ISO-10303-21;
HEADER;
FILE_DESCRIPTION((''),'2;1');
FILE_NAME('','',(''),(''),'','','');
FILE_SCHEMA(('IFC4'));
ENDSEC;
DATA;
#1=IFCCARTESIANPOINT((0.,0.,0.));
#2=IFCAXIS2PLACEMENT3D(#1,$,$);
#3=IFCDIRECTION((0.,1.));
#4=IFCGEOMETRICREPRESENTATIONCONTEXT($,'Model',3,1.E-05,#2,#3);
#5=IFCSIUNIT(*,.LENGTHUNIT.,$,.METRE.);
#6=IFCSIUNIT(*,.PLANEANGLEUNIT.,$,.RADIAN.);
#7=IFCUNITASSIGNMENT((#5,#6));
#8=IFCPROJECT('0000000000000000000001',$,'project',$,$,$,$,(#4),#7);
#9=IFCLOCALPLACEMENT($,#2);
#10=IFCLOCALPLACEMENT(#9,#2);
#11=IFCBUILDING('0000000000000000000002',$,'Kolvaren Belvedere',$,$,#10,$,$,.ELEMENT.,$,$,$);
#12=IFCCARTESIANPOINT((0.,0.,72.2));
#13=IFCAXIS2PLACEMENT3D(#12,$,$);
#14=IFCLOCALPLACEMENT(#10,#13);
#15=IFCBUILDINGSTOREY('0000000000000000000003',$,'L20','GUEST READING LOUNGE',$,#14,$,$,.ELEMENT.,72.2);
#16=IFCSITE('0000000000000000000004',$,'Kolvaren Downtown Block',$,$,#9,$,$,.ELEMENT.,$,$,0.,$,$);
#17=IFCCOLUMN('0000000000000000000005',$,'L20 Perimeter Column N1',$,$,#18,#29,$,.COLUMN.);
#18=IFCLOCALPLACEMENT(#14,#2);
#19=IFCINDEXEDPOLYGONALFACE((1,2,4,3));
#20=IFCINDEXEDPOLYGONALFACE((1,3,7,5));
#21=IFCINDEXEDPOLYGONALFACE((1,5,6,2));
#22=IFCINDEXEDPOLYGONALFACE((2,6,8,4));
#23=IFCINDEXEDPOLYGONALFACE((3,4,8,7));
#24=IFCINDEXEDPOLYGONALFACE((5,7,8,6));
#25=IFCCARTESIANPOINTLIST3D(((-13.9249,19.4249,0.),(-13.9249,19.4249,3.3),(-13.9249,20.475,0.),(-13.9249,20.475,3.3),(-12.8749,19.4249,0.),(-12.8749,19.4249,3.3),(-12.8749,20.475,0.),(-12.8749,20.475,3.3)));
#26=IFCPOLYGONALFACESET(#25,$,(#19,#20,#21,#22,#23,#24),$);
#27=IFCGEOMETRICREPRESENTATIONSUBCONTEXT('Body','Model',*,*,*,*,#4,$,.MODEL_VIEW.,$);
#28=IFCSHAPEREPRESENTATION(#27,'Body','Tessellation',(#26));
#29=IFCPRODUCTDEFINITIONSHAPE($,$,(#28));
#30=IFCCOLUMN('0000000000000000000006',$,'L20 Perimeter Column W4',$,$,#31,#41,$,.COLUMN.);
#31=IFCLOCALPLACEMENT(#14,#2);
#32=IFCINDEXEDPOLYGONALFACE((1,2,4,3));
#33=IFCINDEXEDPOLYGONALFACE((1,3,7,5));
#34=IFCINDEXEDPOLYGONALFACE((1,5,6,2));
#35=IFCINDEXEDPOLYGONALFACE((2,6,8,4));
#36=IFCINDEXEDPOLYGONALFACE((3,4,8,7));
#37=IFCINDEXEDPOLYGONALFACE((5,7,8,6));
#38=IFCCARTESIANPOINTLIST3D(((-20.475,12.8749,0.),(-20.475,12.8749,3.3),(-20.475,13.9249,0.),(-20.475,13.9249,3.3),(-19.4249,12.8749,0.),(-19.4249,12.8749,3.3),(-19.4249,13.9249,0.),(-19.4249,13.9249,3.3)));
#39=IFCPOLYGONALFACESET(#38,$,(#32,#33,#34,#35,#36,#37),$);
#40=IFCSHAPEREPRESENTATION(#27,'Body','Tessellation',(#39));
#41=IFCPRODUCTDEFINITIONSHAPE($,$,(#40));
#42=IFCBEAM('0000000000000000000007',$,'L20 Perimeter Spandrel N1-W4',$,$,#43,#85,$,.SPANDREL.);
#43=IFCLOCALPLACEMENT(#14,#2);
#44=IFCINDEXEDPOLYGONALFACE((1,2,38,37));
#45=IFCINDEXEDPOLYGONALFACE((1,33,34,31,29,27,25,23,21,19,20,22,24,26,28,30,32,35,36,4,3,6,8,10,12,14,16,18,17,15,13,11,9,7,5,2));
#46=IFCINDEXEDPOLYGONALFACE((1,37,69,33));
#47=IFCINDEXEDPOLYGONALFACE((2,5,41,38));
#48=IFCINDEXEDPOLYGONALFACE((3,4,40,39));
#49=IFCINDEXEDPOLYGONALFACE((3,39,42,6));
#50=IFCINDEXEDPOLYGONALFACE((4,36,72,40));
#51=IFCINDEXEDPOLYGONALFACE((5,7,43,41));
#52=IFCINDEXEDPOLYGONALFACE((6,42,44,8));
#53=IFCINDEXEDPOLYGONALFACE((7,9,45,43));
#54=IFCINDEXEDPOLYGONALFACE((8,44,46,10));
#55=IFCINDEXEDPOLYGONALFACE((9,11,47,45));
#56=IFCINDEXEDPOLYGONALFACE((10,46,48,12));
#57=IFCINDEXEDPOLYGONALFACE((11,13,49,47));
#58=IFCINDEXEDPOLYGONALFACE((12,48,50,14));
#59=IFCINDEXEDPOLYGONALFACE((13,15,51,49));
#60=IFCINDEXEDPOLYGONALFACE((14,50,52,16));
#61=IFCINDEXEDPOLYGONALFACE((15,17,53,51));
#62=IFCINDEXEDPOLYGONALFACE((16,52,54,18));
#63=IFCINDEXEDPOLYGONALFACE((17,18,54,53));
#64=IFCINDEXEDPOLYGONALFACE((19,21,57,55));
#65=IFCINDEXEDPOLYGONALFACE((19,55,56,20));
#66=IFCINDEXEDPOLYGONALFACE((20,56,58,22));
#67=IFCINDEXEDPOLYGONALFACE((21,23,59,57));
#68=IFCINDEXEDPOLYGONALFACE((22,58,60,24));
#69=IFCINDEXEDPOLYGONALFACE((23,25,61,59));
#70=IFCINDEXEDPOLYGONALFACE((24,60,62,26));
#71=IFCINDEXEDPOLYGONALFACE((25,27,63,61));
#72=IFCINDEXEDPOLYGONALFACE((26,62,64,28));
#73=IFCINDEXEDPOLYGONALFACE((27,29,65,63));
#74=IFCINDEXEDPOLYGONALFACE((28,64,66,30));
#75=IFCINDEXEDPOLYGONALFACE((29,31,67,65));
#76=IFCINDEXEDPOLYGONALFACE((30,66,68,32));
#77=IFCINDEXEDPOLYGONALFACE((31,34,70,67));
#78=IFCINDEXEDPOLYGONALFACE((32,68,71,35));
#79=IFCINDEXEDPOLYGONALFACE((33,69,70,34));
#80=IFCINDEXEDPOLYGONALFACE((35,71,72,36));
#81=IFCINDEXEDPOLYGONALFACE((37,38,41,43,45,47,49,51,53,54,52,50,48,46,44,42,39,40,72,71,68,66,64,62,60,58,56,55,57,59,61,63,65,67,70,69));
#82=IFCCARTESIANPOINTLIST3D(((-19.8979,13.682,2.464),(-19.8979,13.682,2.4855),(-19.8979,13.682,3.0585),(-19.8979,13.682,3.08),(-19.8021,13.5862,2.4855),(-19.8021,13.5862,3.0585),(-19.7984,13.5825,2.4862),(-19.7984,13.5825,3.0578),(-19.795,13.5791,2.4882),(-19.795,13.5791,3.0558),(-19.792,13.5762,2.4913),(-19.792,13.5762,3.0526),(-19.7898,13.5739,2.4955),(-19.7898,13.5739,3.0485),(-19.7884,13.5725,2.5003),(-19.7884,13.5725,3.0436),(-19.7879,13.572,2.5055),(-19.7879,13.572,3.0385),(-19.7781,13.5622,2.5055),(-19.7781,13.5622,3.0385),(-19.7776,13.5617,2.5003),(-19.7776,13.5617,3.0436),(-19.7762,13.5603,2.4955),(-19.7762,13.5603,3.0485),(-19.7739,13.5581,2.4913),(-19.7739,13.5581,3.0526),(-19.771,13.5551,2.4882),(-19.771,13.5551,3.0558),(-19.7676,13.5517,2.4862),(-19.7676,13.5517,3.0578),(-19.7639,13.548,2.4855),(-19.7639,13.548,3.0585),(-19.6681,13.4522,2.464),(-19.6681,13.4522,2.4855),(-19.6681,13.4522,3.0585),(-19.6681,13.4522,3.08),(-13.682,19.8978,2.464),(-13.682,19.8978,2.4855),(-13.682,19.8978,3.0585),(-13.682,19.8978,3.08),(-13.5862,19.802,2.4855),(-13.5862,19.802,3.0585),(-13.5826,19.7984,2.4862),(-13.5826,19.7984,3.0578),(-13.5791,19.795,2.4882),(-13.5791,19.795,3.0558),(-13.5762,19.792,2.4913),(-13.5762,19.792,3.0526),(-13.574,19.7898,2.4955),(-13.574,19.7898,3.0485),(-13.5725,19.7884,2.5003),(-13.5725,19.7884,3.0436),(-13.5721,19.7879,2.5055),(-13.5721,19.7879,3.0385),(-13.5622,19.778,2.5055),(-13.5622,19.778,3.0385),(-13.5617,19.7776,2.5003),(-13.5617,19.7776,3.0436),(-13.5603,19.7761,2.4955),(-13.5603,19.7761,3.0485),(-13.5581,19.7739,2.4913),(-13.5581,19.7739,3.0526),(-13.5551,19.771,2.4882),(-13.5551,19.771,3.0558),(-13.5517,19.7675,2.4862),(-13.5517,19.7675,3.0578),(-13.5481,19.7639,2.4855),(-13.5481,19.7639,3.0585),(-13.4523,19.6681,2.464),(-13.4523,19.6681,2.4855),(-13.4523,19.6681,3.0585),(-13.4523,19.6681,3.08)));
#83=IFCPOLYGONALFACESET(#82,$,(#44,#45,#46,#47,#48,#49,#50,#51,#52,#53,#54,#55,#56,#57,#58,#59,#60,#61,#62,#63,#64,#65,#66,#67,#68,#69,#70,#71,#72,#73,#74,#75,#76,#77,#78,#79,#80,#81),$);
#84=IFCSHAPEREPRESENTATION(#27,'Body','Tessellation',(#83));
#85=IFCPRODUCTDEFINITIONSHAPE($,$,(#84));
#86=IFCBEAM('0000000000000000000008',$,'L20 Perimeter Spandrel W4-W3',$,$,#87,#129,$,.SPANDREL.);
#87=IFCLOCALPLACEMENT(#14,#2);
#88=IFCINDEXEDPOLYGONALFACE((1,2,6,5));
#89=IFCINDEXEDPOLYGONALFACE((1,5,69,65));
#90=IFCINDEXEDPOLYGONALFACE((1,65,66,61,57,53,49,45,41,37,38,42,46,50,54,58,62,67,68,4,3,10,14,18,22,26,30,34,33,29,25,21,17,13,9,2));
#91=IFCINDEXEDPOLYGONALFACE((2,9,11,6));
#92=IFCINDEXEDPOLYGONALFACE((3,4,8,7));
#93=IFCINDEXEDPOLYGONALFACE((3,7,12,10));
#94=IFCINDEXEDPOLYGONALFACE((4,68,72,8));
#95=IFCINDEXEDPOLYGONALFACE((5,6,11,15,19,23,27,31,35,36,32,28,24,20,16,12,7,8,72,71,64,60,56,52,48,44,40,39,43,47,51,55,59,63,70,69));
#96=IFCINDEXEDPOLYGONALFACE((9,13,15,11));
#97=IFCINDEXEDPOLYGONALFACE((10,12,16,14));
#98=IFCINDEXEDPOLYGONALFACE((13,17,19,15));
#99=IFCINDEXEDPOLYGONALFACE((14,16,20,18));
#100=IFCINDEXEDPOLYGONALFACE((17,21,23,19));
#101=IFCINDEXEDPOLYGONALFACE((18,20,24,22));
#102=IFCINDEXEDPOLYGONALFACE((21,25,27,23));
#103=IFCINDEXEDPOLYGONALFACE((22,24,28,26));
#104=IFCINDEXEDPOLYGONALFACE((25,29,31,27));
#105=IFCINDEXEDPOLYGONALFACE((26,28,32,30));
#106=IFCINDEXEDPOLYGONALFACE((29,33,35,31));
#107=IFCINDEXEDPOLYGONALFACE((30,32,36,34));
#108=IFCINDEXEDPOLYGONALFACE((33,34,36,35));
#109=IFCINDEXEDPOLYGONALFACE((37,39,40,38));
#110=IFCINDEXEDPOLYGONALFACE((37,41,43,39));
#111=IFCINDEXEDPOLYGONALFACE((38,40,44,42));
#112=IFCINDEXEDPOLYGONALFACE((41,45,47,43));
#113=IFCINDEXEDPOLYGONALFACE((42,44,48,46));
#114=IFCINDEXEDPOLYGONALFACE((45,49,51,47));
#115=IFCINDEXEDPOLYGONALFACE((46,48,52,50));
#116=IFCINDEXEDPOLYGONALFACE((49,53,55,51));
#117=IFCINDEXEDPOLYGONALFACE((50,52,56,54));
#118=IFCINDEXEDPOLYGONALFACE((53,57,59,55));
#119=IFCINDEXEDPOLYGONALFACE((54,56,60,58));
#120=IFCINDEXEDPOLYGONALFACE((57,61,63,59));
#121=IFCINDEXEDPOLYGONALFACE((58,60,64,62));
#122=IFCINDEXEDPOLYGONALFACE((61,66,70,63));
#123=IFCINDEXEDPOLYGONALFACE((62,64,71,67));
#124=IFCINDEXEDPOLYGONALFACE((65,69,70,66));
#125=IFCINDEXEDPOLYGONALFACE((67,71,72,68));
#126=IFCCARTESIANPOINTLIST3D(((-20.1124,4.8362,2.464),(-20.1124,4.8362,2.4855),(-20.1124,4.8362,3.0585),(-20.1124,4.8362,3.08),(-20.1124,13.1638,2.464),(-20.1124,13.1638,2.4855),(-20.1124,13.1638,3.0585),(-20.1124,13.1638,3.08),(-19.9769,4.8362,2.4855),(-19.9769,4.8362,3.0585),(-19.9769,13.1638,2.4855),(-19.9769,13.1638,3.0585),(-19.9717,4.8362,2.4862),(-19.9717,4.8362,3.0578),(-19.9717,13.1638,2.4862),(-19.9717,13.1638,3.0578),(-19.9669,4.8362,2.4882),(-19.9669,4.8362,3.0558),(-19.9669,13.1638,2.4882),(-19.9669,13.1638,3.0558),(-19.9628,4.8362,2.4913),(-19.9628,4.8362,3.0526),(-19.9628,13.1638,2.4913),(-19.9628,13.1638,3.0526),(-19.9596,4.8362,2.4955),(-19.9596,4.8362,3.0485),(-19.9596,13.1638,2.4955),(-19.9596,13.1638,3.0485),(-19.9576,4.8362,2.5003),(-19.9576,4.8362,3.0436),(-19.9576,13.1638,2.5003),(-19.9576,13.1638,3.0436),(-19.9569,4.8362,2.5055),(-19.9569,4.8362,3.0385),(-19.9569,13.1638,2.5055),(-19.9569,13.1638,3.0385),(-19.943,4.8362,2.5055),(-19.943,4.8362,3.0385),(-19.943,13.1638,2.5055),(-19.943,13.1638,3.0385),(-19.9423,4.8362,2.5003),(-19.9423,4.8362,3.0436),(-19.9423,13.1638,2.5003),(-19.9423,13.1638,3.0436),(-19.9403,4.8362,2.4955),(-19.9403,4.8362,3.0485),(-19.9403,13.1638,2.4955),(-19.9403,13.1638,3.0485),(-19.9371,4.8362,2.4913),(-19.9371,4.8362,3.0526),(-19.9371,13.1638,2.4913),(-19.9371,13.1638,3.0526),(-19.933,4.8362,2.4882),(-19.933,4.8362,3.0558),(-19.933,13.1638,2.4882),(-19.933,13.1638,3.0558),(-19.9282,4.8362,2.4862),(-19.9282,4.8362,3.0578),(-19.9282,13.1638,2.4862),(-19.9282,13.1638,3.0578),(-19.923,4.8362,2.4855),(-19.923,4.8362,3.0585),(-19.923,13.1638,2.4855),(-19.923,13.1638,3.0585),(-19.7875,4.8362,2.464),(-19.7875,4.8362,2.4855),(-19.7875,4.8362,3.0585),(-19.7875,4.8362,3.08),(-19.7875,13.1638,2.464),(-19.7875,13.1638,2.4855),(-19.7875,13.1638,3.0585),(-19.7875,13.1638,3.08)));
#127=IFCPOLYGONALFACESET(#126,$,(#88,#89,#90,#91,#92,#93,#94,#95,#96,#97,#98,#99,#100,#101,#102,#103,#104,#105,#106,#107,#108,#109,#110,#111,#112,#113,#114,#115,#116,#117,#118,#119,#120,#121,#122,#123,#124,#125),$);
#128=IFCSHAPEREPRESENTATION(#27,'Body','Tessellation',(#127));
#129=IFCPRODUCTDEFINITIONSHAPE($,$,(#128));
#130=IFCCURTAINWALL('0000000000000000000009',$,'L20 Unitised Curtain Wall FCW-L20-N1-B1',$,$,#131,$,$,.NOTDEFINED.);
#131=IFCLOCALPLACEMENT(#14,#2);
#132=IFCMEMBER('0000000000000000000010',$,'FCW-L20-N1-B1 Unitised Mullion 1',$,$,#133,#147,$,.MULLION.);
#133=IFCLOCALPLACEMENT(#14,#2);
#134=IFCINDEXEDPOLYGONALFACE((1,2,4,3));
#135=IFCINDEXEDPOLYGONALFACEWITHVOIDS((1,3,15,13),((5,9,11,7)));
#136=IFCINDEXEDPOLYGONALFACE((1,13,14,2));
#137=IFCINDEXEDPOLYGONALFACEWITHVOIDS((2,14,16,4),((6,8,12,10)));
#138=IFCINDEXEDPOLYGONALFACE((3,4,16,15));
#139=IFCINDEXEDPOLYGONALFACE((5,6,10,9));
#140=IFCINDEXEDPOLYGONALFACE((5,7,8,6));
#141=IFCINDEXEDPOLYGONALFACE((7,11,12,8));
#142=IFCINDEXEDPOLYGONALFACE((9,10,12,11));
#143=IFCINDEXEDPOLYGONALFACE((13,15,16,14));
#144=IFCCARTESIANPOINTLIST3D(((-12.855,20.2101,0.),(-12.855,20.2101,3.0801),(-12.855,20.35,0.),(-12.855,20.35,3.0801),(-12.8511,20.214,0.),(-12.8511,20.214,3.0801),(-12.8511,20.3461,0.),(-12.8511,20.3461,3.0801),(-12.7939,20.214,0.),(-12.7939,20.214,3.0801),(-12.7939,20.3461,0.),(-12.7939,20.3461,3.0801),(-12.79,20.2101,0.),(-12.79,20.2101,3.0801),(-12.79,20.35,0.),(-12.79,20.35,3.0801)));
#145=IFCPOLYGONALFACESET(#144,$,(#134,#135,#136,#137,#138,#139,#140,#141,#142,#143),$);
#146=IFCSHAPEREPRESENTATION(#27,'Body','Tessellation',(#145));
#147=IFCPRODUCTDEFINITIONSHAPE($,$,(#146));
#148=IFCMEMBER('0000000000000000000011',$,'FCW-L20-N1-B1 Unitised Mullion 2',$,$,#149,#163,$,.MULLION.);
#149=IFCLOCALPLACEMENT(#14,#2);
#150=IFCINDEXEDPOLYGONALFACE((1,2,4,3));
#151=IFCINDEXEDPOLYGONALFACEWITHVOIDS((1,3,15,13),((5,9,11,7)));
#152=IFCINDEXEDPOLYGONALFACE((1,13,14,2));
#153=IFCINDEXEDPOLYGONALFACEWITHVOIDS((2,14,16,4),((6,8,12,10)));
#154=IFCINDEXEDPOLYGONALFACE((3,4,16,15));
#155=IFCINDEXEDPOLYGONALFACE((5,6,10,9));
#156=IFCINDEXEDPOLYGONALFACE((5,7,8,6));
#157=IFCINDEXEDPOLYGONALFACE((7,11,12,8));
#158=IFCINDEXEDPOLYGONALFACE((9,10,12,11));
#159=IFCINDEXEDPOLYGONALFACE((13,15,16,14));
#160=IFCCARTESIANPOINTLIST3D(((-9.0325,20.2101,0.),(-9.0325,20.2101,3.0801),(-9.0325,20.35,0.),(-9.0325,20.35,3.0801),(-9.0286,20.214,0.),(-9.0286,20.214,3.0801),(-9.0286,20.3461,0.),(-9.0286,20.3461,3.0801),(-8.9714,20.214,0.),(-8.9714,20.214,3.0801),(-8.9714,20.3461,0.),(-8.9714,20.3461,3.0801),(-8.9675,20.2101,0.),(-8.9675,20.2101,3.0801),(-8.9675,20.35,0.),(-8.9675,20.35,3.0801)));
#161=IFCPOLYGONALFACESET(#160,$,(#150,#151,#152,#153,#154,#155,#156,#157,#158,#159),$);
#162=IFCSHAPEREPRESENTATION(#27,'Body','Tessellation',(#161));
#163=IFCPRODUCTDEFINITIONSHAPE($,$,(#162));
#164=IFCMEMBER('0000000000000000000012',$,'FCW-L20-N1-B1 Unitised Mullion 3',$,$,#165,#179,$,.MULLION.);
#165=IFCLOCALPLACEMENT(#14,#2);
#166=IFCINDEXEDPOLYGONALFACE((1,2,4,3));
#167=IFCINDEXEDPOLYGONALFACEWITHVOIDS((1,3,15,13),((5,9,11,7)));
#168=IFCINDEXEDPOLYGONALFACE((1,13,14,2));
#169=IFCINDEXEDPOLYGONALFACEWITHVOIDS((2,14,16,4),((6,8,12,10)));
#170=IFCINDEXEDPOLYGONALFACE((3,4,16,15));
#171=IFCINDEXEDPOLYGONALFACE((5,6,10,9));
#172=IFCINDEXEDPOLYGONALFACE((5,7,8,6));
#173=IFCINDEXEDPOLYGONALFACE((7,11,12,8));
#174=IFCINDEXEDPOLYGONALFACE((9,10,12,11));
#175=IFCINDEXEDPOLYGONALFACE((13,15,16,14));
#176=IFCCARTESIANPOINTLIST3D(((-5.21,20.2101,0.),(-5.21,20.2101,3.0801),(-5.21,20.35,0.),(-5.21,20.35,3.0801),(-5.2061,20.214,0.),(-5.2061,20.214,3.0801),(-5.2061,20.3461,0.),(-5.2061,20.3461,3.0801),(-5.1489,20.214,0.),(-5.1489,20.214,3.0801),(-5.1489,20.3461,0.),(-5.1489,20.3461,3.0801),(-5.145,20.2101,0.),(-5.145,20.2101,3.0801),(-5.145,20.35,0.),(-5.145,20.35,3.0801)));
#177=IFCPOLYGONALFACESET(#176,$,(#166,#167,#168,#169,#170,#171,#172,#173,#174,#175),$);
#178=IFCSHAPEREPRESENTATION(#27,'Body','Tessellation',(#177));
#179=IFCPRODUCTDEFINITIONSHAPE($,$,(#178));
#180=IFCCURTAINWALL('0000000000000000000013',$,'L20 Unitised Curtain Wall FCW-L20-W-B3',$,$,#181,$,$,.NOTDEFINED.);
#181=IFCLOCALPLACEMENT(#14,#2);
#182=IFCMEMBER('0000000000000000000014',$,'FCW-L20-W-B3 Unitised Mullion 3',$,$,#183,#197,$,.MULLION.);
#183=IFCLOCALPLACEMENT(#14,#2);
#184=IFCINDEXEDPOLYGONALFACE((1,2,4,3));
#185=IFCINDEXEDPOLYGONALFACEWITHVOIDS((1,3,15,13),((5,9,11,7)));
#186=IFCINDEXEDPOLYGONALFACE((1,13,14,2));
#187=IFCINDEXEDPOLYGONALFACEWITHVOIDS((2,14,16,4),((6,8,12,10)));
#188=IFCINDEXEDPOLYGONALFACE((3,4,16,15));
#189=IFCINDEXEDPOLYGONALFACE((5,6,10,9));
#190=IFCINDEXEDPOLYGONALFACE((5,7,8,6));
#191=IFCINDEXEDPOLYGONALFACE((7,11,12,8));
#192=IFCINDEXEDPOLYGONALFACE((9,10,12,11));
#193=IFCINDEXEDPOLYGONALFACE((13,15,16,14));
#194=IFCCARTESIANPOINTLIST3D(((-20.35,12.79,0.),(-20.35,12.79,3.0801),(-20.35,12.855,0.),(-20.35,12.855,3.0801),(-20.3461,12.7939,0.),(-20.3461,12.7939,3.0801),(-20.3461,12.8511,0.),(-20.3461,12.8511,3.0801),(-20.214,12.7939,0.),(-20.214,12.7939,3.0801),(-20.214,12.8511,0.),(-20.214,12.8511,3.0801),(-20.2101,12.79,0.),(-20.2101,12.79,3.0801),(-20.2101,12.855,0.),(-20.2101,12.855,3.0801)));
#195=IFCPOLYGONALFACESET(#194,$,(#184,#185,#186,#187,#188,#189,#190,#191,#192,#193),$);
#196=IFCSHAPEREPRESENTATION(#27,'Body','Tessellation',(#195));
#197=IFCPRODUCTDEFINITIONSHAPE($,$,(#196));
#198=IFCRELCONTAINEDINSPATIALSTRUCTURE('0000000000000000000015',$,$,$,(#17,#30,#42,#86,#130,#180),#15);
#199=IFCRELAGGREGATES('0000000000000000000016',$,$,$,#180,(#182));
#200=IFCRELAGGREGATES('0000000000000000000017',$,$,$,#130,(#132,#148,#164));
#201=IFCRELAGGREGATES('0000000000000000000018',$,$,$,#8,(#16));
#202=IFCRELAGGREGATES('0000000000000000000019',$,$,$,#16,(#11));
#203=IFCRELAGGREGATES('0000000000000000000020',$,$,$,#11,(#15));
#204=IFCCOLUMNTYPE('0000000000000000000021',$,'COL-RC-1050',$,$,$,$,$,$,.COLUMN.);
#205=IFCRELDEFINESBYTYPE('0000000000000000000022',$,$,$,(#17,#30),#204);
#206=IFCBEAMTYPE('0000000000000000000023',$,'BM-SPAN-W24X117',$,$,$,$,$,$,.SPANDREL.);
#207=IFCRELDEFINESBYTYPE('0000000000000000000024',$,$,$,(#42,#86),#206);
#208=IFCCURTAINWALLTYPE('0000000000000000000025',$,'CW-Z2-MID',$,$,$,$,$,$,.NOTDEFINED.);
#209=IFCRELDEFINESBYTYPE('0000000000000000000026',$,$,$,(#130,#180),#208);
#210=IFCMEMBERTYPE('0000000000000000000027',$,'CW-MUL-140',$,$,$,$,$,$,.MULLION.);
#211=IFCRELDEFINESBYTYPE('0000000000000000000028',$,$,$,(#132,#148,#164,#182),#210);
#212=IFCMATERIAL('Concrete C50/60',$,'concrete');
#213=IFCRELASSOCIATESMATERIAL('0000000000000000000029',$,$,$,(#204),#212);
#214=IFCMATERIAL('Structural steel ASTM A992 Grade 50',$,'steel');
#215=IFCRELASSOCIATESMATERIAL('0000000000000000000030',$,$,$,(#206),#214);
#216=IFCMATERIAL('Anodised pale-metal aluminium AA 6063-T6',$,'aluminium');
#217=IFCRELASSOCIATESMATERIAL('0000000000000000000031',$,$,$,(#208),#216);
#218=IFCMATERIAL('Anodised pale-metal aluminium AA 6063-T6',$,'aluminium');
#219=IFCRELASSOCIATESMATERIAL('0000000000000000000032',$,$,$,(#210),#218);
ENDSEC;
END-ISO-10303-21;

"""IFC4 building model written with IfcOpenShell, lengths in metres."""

from ifc_helpers import new_model, si_unit, direction, frame, origin, origin_2d, place, context, subcontext, project, spatial, rectangle, hollow_rectangle, i_section, extrude, material, material_profile, profile_set, type_object, element, aggregate, save


model = new_model("IFC4")

# Units and contexts
model_context = context("Model", 3, precision=1e-05, world=origin(), true_north=direction((0.0, 1.0)))
body_context = subcontext(model_context, "Body", "Model", "MODEL_VIEW")
ifc_project = project(units=[si_unit("LENGTHUNIT", "METRE"), si_unit("PLANEANGLEUNIT", "RADIAN")], contexts=[model_context])

# Site, building, storey
site_placement = place(None, origin())
site = spatial("IfcSite", under=ifc_project, at=site_placement, Name="Kolvaren Downtown Block", CompositionType="ELEMENT", RefElevation=0.0)
building_placement = place(site_placement, origin())
building = spatial("IfcBuilding", under=site, at=building_placement, Name="Kolvaren Belvedere", CompositionType="ELEMENT")
storey_placement = place(building_placement, frame((0.0, 0.0, 72.2)))
storey = spatial("IfcBuildingStorey", under=building, at=storey_placement, Name="L20", Description="GUEST READING LOUNGE", CompositionType="ELEMENT", Elevation=72.2)

# Columns
ifc_material_1 = material(Name="Concrete C50/60", Category="concrete")
ifc_material_profile_1 = material_profile(ifc_material_1, rectangle(XDim=1.05, YDim=1.05, at=origin_2d()), Name="RC 1050X1050")
ifc_profile_set_1 = profile_set([ifc_material_profile_1], Name="Concrete C50/60")
column_type = type_object("IfcColumnType", Name="COL-RC-1050", PredefinedType="COLUMN", material=ifc_profile_set_1)
for number, where, z_axis, x_axis, name in (
    (1, (-13.3999, 19.95, 0.0), (0.0, 0.0, 1.0), (1.0, 0.0, 0.0), "L20 Perimeter Column N1"),
    (2, (-19.95, 13.3999, 0.0), (0.0, 0.0, 1.0), (1.0, 0.0, 0.0), "L20 Perimeter Column W4"),
):
    element("IfcColumn", number, at=place(storey_placement, frame(where, z_axis=z_axis, x_axis=x_axis)), inside=storey, type_object=column_type, Name=name, PredefinedType="COLUMN", context=body_context, shape_type="SweptSolid", body=[
        extrude(rectangle(XDim=1.05, YDim=1.05, at=origin_2d()), origin(), (0.0, 0.0, 1.0), 3.3),
    ])

# Beams
ifc_material_2 = material(Name="Structural steel ASTM A992 Grade 50", Category="steel")
ifc_material_profile_2 = material_profile(ifc_material_2, i_section(OverallWidth=0.325, OverallDepth=0.616, WebThickness=0.0139, FlangeThickness=0.0215, FilletRadius=0.02, at=origin_2d()), Name="W24X117")
ifc_profile_set_2 = profile_set([ifc_material_profile_2], Name="Structural steel ASTM A992 Grade 50")
beam_type = type_object("IfcBeamType", Name="BM-SPAN-W24X117", PredefinedType="SPANDREL", material=ifc_profile_set_2)
beam_1_placement = place(storey_placement, frame((-13.5671, 19.783, 2.772), z_axis=(-0.707107, -0.707107, 0.0), x_axis=(0.707107, -0.707107, 0.0)))
element("IfcBeam", 3, at=beam_1_placement, inside=storey, type_object=beam_type, Name="L20 Perimeter Spandrel N1-W4", PredefinedType="SPANDREL", context=body_context, shape_type="SweptSolid", body=[
    extrude(i_section(OverallWidth=0.325, OverallDepth=0.616, WebThickness=0.0139, FlangeThickness=0.0215, FilletRadius=0.02, at=origin_2d()), origin(), (0.0, 0.0, 1.0), 8.7905),
])
beam_2_placement = place(storey_placement, frame((-19.95, 13.1638, 2.772), z_axis=(0.0, -1.0, 0.0), x_axis=(1.0, 0.0, 0.0)))
element("IfcBeam", 4, at=beam_2_placement, inside=storey, type_object=beam_type, Name="L20 Perimeter Spandrel W4-W3", PredefinedType="SPANDREL", context=body_context, shape_type="SweptSolid", body=[
    extrude(i_section(OverallWidth=0.325, OverallDepth=0.616, WebThickness=0.0139, FlangeThickness=0.0215, FilletRadius=0.02, at=origin_2d()), origin(), (0.0, 0.0, 1.0), 8.3276),
])

# Curtain wall, members
ifc_material_3 = material(Name="Anodised pale-metal aluminium AA 6063-T6", Category="aluminium")
curtain_wall_type = type_object("IfcCurtainWallType", Name="CW-Z2-MID", PredefinedType="NOTDEFINED", material=ifc_material_3)
curtain_wall_1_placement = place(storey_placement, origin())
curtain_wall_1 = element("IfcCurtainWall", 5, at=curtain_wall_1_placement, inside=storey, type_object=curtain_wall_type, Name="L20 Unitised Curtain Wall FCW-L20-N1-B1", PredefinedType="NOTDEFINED")
ifc_material_4 = material(Name="Anodised pale-metal aluminium AA 6063-T6", Category="aluminium")
ifc_material_profile_3 = material_profile(ifc_material_4, hollow_rectangle(XDim=0.0649, YDim=0.1399, WallThickness=0.0039, at=origin_2d()), Name="ALU-MUL-140X65")
ifc_profile_set_3 = profile_set([ifc_material_profile_3], Name="Anodised pale-metal aluminium AA 6063-T6")
member_type_1 = type_object("IfcMemberType", Name="CW-MUL-140", PredefinedType="MULLION", material=ifc_profile_set_3)
member_1_placement = place(storey_placement, frame((-12.8225, 20.28, 0.0), z_axis=(0.0, 0.0, 1.0), x_axis=(1.0, 0.0, 0.0)))
member_1 = element("IfcMember", 6, at=member_1_placement, type_object=member_type_1, Name="FCW-L20-N1-B1 Unitised Mullion 1", PredefinedType="MULLION", context=body_context, shape_type="SweptSolid", body=[
    extrude(hollow_rectangle(XDim=0.0649, YDim=0.1399, WallThickness=0.0039, at=origin_2d()), origin(), (0.0, 0.0, 1.0), 3.0801),
])
member_2_placement = place(storey_placement, frame((-9.0, 20.28, 0.0), z_axis=(0.0, 0.0, 1.0), x_axis=(1.0, 0.0, 0.0)))
member_2 = element("IfcMember", 7, at=member_2_placement, type_object=member_type_1, Name="FCW-L20-N1-B1 Unitised Mullion 2", PredefinedType="MULLION", context=body_context, shape_type="SweptSolid", body=[
    extrude(hollow_rectangle(XDim=0.0649, YDim=0.1399, WallThickness=0.0039, at=origin_2d()), origin(), (0.0, 0.0, 1.0), 3.0801),
])
member_3_placement = place(storey_placement, frame((-5.1775, 20.28, 0.0), z_axis=(0.0, 0.0, 1.0), x_axis=(1.0, 0.0, 0.0)))
member_3 = element("IfcMember", 8, at=member_3_placement, type_object=member_type_1, Name="FCW-L20-N1-B1 Unitised Mullion 3", PredefinedType="MULLION", context=body_context, shape_type="SweptSolid", body=[
    extrude(hollow_rectangle(XDim=0.0649, YDim=0.1399, WallThickness=0.0039, at=origin_2d()), origin(), (0.0, 0.0, 1.0), 3.0801),
])

# Curtain wall, member
curtain_wall_2_placement = place(storey_placement, origin())
curtain_wall_2 = element("IfcCurtainWall", 9, at=curtain_wall_2_placement, inside=storey, type_object=curtain_wall_type, Name="L20 Unitised Curtain Wall FCW-L20-W-B3", PredefinedType="NOTDEFINED")
member_4_placement = place(storey_placement, frame((-20.28, 12.8225, 0.0), z_axis=(0.0, 0.0, 1.0), x_axis=(0.0, 1.0, 0.0)))
member_4 = element("IfcMember", 10, at=member_4_placement, type_object=member_type_1, Name="FCW-L20-W-B3 Unitised Mullion 3", PredefinedType="MULLION", context=body_context, shape_type="SweptSolid", body=[
    extrude(hollow_rectangle(XDim=0.0649, YDim=0.1399, WallThickness=0.0039, at=origin_2d()), origin(), (0.0, 0.0, 1.0), 3.0801),
])
aggregate(curtain_wall_2, [member_4])

aggregate(curtain_wall_1, [member_1, member_2, member_3])

save(model, "model.ifc")
